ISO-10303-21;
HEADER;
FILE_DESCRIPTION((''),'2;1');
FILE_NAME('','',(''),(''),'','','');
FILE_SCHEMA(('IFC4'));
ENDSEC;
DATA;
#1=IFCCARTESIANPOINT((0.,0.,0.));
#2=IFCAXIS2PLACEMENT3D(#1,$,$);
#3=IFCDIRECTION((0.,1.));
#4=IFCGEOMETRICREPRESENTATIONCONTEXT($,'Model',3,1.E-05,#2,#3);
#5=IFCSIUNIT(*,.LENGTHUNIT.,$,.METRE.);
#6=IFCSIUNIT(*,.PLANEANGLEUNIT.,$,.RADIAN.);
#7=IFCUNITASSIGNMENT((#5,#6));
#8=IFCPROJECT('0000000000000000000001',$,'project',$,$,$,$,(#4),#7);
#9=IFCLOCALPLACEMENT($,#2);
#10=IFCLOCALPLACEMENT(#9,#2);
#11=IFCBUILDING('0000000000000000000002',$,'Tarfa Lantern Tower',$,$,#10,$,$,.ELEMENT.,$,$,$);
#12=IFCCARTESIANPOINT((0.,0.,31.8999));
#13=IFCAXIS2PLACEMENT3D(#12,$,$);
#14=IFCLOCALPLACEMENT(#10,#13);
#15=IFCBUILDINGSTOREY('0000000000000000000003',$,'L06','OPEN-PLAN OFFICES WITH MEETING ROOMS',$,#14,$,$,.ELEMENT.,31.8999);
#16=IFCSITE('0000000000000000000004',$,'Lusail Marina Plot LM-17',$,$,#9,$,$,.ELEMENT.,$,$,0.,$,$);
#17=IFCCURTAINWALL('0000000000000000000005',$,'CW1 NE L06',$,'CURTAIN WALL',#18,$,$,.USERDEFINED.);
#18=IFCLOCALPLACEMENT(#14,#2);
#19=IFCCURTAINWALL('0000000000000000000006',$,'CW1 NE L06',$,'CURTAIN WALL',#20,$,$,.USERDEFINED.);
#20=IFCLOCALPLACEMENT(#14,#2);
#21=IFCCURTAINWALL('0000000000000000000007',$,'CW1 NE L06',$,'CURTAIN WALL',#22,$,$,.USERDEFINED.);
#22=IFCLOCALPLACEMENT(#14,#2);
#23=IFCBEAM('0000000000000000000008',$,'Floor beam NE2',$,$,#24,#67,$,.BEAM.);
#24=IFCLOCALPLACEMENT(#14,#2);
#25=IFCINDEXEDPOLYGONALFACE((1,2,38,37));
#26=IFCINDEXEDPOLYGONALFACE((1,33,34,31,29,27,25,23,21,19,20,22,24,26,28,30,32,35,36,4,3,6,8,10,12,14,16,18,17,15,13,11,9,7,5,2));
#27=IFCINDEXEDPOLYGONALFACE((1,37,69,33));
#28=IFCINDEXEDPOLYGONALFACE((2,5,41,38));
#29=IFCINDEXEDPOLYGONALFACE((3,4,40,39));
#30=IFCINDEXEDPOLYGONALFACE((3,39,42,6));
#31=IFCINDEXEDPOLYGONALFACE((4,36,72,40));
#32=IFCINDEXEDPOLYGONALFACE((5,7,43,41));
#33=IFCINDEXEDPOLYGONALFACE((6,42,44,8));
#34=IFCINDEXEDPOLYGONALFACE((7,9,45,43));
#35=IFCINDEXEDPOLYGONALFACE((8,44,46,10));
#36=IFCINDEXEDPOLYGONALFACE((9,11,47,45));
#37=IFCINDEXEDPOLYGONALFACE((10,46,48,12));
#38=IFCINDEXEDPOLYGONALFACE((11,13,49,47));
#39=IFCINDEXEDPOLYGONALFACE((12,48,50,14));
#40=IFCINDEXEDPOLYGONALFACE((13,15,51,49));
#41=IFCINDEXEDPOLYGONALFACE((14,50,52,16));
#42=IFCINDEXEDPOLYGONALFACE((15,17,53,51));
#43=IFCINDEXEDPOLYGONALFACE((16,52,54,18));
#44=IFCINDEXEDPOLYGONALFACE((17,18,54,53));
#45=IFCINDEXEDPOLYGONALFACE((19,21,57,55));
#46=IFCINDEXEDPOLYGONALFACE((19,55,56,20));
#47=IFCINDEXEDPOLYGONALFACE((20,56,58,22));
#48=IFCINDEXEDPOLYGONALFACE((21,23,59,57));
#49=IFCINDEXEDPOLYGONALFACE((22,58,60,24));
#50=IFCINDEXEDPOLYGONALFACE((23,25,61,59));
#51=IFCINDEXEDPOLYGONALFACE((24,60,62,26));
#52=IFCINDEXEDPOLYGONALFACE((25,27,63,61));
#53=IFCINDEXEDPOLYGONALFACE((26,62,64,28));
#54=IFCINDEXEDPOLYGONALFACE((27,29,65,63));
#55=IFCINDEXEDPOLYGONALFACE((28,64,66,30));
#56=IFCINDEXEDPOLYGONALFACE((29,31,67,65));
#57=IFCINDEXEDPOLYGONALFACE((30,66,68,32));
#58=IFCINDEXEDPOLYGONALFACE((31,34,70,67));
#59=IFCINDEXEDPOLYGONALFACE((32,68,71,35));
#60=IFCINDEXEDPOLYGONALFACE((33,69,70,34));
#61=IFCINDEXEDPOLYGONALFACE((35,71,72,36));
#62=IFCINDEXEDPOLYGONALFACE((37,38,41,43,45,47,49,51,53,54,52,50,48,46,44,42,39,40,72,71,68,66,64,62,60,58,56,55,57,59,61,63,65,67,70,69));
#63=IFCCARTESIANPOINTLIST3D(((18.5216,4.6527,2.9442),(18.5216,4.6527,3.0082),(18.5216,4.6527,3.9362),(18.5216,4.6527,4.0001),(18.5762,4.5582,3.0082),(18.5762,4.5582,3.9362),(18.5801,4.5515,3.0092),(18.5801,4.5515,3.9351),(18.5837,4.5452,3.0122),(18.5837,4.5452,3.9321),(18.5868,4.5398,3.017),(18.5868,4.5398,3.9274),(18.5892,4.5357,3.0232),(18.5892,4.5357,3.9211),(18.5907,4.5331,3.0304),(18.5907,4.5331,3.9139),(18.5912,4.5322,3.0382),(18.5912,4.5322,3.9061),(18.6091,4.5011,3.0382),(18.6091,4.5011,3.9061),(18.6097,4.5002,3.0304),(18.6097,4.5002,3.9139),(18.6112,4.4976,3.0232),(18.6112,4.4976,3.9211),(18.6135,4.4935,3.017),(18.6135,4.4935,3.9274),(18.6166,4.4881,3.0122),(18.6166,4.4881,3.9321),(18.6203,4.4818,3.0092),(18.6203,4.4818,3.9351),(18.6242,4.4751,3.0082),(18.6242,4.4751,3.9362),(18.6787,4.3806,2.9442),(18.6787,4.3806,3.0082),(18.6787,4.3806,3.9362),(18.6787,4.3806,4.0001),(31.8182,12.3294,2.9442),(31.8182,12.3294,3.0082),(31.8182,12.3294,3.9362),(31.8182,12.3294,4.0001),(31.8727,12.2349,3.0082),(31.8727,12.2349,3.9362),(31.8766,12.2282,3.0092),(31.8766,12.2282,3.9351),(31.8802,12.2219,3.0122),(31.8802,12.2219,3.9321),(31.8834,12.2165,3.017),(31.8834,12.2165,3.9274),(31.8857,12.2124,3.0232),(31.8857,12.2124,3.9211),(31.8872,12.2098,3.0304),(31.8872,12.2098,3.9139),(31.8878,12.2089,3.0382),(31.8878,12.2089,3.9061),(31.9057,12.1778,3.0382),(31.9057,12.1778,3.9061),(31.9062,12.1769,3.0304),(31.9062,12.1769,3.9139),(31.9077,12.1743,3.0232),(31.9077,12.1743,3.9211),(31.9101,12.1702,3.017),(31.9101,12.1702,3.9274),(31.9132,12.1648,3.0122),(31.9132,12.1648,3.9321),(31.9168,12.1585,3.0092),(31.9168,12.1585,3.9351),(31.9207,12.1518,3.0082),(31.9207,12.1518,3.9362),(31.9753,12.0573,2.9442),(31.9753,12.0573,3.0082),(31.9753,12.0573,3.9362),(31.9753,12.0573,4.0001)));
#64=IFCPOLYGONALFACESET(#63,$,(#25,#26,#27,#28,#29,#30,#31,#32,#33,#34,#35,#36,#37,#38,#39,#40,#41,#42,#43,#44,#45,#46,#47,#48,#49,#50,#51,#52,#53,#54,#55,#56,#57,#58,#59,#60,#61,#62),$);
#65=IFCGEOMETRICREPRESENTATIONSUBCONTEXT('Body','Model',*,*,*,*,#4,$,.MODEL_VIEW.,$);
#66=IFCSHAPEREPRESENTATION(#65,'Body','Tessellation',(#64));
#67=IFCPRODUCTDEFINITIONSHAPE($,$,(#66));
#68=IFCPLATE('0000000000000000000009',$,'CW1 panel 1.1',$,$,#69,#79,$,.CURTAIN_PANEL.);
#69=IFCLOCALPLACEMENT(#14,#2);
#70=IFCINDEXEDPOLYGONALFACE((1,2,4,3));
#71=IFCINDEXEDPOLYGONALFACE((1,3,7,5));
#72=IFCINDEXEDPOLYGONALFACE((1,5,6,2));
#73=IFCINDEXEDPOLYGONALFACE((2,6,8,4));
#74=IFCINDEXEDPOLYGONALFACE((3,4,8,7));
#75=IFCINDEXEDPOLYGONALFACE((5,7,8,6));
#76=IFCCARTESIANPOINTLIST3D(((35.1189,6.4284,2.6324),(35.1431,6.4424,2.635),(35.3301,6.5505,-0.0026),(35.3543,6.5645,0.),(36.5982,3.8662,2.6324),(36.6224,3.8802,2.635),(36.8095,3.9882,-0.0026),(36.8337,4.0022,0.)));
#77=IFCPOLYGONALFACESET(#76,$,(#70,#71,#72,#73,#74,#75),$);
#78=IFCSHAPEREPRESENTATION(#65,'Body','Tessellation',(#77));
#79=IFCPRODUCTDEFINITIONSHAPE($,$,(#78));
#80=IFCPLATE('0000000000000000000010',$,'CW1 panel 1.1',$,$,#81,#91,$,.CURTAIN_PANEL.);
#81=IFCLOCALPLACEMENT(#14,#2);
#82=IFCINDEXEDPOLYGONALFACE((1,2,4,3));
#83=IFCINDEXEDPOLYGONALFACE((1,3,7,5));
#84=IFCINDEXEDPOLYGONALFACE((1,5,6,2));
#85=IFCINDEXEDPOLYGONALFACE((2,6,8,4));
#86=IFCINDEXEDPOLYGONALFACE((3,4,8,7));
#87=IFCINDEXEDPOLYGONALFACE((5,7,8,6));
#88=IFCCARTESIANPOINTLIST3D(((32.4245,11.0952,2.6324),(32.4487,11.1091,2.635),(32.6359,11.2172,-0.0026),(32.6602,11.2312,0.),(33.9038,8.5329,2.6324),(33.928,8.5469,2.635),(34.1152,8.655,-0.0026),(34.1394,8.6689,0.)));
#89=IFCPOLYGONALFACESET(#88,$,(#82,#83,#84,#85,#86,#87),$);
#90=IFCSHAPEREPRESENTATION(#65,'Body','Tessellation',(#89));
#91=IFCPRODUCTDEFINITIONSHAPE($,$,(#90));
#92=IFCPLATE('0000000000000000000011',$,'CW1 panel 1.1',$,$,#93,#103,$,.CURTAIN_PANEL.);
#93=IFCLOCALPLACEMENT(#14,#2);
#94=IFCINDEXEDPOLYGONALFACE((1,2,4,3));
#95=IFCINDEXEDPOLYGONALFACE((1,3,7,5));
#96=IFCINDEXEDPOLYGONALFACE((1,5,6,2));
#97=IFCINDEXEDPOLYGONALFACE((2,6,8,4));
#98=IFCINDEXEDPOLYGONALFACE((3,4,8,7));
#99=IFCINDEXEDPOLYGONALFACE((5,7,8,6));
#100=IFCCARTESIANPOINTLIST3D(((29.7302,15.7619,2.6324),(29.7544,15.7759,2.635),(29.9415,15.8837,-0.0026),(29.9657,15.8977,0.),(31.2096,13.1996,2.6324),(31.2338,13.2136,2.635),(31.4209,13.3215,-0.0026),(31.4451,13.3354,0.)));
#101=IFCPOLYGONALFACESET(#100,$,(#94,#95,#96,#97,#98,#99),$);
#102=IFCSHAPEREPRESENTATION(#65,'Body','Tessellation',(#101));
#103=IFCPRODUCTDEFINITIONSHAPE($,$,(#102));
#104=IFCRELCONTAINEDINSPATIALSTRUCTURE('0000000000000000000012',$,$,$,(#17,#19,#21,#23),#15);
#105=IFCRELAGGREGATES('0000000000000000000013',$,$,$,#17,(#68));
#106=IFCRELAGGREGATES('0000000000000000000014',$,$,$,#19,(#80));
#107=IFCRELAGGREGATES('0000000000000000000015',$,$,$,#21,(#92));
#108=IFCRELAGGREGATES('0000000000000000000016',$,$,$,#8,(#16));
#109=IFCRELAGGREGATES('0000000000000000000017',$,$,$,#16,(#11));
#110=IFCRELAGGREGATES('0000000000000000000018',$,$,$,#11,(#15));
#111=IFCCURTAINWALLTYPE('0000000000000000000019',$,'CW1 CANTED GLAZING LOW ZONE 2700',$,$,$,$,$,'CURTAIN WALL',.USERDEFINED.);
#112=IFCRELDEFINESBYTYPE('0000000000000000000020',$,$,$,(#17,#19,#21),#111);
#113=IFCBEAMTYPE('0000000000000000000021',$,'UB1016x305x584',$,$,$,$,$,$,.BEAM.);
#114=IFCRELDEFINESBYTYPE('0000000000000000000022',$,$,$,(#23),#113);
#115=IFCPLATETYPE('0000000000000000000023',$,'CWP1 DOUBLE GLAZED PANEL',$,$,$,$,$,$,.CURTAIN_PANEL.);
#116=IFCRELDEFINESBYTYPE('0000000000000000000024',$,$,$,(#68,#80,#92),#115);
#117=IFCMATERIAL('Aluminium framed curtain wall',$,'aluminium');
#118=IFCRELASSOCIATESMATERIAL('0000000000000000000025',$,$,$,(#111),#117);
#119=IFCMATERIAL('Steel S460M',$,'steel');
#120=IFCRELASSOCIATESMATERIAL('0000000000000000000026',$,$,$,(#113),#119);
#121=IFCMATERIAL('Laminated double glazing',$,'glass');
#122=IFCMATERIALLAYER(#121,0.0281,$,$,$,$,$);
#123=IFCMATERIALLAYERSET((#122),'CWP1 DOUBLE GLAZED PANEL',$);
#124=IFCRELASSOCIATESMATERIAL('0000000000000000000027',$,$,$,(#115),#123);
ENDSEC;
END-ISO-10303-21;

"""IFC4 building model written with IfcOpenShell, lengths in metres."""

from ifc_helpers import new_model, si_unit, direction, frame, origin, origin_2d, place, context, subcontext, project, spatial, polyline, i_section, outline, extrude, material, layer, layer_set, material_profile, profile_set, type_object, element, aggregate, save


model = new_model("IFC4")

# Units and contexts
model_context = context("Model", 3, precision=1e-05, world=origin(), true_north=direction((0.0, 1.0)))
body_context = subcontext(model_context, "Body", "Model", "MODEL_VIEW")
ifc_project = project(units=[si_unit("LENGTHUNIT", "METRE"), si_unit("PLANEANGLEUNIT", "RADIAN")], contexts=[model_context])

# Site, building, storey
site_placement = place(None, origin())
site = spatial("IfcSite", under=ifc_project, at=site_placement, Name="Lusail Marina Plot LM-17", CompositionType="ELEMENT", RefElevation=0.0)
building_placement = place(site_placement, origin())
building = spatial("IfcBuilding", under=site, at=building_placement, Name="Tarfa Lantern Tower", CompositionType="ELEMENT")
storey_placement = place(building_placement, frame((0.0, 0.0, 31.8999)))
storey = spatial("IfcBuildingStorey", under=building, at=storey_placement, Name="L06", Description="OPEN-PLAN OFFICES WITH MEETING ROOMS", CompositionType="ELEMENT", Elevation=31.8999)

# Curtain walls
ifc_material_1 = material(Name="Aluminium framed curtain wall", Category="aluminium")
curtain_wall_type = type_object("IfcCurtainWallType", Name="CW1 CANTED GLAZING LOW ZONE 2700", ElementType="CURTAIN WALL", PredefinedType="USERDEFINED", material=ifc_material_1)
curtain_wall_1_placement = place(storey_placement, origin())
curtain_wall_1 = element("IfcCurtainWall", 1, at=curtain_wall_1_placement, inside=storey, type_object=curtain_wall_type, Name="CW1 NE L06", ObjectType="CURTAIN WALL", PredefinedType="USERDEFINED")
curtain_wall_2_placement = place(storey_placement, origin())
curtain_wall_2 = element("IfcCurtainWall", 2, at=curtain_wall_2_placement, inside=storey, type_object=curtain_wall_type, Name="CW1 NE L06", ObjectType="CURTAIN WALL", PredefinedType="USERDEFINED")
curtain_wall_3_placement = place(storey_placement, origin())
curtain_wall_3 = element("IfcCurtainWall", 3, at=curtain_wall_3_placement, inside=storey, type_object=curtain_wall_type, Name="CW1 NE L06", ObjectType="CURTAIN WALL", PredefinedType="USERDEFINED")

# Beam
ifc_material_2 = material(Name="Steel S460M", Category="steel")
ifc_material_profile_1 = material_profile(ifc_material_2, i_section(OverallWidth=0.3142, OverallDepth=1.0559, WebThickness=0.0359, FlangeThickness=0.064, FilletRadius=0.03, at=origin_2d()), Name="UB1016x305x584")
ifc_profile_set_1 = profile_set([ifc_material_profile_1], Name="Steel S460M")
beam_type_1 = type_object("IfcBeamType", Name="UB1016x305x584", PredefinedType="BEAM", material=ifc_profile_set_1)
beam_1_placement = place(storey_placement, frame((31.8967, 12.1934, 3.4722), z_axis=(-0.866027, -0.499997, 0.0), x_axis=(0.499997, -0.866027, 0.0)))
element("IfcBeam", 4, at=beam_1_placement, inside=storey, type_object=beam_type_1, Name="Floor beam NE2", PredefinedType="BEAM", context=body_context, shape_type="SweptSolid", body=[
    extrude(i_section(OverallWidth=0.3142, OverallDepth=1.0559, WebThickness=0.0359, FlangeThickness=0.064, FilletRadius=0.03, at=origin_2d()), origin(), (0.0, 0.0, 1.0), 15.3535),
])

# Plates
ifc_material_3 = material(Name="Laminated double glazing", Category="glass")
ifc_layer = layer(ifc_material_3, 0.0281)
ifc_layer_set = layer_set([ifc_layer], Name="CWP1 DOUBLE GLAZED PANEL")
plate_type = type_object("IfcPlateType", Name="CWP1 DOUBLE GLAZED PANEL", PredefinedType="CURTAIN_PANEL", material=ifc_layer_set)
plate_1_placement = place(storey_placement, frame((36.8337, 4.0022, 0.0), z_axis=(0.862328, 0.497882, 0.092216), x_axis=(-0.500013, 0.866018, 0.000003)))
plate_1 = element("IfcPlate", 5, at=plate_1_placement, type_object=plate_type, Name="CW1 panel 1.1", PredefinedType="CURTAIN_PANEL", context=body_context, shape_type="SweptSolid", body=[
    extrude(outline(polyline([(0.0, 0.0), (2.9587, 0.0), (2.9586, 2.6463), (0.0, 2.6463), (0.0, 0.0)])), origin(), (0.0, 0.0, -1.0), 0.0281),
])
aggregate(curtain_wall_1, [plate_1])
plate_2_placement = place(storey_placement, frame((34.1394, 8.6689, 0.0), z_axis=(0.862342, 0.49785, 0.092255), x_axis=(-0.499982, 0.866036, 0.0)))
plate_2 = element("IfcPlate", 6, at=plate_2_placement, type_object=plate_type, Name="CW1 panel 1.1", PredefinedType="CURTAIN_PANEL", context=body_context, shape_type="SweptSolid", body=[
    extrude(outline(polyline([(0.0, 0.0), (2.9586, 0.0), (2.9586, 2.6463), (0.0, 2.6463), (0.0, 0.0)])), origin(), (0.0, 0.0, -1.0), 0.0281),
])
aggregate(curtain_wall_2, [plate_2])
plate_3_placement = place(storey_placement, frame((31.4451, 13.3354, 0.0), z_axis=(0.862332, 0.497885, 0.09217), x_axis=(-0.500013, 0.866018, -0.000003)))
plate_3 = element("IfcPlate", 7, at=plate_3_placement, type_object=plate_type, Name="CW1 panel 1.1", PredefinedType="CURTAIN_PANEL", context=body_context, shape_type="SweptSolid", body=[
    extrude(outline(polyline([(0.0, 0.0), (2.9586, 0.0), (2.9588, 2.6463), (0.0001, 2.6463), (0.0, 0.0)])), origin(), (0.0, 0.0, -1.0), 0.0281),
])
aggregate(curtain_wall_3, [plate_3])

save(model, "model.ifc")
